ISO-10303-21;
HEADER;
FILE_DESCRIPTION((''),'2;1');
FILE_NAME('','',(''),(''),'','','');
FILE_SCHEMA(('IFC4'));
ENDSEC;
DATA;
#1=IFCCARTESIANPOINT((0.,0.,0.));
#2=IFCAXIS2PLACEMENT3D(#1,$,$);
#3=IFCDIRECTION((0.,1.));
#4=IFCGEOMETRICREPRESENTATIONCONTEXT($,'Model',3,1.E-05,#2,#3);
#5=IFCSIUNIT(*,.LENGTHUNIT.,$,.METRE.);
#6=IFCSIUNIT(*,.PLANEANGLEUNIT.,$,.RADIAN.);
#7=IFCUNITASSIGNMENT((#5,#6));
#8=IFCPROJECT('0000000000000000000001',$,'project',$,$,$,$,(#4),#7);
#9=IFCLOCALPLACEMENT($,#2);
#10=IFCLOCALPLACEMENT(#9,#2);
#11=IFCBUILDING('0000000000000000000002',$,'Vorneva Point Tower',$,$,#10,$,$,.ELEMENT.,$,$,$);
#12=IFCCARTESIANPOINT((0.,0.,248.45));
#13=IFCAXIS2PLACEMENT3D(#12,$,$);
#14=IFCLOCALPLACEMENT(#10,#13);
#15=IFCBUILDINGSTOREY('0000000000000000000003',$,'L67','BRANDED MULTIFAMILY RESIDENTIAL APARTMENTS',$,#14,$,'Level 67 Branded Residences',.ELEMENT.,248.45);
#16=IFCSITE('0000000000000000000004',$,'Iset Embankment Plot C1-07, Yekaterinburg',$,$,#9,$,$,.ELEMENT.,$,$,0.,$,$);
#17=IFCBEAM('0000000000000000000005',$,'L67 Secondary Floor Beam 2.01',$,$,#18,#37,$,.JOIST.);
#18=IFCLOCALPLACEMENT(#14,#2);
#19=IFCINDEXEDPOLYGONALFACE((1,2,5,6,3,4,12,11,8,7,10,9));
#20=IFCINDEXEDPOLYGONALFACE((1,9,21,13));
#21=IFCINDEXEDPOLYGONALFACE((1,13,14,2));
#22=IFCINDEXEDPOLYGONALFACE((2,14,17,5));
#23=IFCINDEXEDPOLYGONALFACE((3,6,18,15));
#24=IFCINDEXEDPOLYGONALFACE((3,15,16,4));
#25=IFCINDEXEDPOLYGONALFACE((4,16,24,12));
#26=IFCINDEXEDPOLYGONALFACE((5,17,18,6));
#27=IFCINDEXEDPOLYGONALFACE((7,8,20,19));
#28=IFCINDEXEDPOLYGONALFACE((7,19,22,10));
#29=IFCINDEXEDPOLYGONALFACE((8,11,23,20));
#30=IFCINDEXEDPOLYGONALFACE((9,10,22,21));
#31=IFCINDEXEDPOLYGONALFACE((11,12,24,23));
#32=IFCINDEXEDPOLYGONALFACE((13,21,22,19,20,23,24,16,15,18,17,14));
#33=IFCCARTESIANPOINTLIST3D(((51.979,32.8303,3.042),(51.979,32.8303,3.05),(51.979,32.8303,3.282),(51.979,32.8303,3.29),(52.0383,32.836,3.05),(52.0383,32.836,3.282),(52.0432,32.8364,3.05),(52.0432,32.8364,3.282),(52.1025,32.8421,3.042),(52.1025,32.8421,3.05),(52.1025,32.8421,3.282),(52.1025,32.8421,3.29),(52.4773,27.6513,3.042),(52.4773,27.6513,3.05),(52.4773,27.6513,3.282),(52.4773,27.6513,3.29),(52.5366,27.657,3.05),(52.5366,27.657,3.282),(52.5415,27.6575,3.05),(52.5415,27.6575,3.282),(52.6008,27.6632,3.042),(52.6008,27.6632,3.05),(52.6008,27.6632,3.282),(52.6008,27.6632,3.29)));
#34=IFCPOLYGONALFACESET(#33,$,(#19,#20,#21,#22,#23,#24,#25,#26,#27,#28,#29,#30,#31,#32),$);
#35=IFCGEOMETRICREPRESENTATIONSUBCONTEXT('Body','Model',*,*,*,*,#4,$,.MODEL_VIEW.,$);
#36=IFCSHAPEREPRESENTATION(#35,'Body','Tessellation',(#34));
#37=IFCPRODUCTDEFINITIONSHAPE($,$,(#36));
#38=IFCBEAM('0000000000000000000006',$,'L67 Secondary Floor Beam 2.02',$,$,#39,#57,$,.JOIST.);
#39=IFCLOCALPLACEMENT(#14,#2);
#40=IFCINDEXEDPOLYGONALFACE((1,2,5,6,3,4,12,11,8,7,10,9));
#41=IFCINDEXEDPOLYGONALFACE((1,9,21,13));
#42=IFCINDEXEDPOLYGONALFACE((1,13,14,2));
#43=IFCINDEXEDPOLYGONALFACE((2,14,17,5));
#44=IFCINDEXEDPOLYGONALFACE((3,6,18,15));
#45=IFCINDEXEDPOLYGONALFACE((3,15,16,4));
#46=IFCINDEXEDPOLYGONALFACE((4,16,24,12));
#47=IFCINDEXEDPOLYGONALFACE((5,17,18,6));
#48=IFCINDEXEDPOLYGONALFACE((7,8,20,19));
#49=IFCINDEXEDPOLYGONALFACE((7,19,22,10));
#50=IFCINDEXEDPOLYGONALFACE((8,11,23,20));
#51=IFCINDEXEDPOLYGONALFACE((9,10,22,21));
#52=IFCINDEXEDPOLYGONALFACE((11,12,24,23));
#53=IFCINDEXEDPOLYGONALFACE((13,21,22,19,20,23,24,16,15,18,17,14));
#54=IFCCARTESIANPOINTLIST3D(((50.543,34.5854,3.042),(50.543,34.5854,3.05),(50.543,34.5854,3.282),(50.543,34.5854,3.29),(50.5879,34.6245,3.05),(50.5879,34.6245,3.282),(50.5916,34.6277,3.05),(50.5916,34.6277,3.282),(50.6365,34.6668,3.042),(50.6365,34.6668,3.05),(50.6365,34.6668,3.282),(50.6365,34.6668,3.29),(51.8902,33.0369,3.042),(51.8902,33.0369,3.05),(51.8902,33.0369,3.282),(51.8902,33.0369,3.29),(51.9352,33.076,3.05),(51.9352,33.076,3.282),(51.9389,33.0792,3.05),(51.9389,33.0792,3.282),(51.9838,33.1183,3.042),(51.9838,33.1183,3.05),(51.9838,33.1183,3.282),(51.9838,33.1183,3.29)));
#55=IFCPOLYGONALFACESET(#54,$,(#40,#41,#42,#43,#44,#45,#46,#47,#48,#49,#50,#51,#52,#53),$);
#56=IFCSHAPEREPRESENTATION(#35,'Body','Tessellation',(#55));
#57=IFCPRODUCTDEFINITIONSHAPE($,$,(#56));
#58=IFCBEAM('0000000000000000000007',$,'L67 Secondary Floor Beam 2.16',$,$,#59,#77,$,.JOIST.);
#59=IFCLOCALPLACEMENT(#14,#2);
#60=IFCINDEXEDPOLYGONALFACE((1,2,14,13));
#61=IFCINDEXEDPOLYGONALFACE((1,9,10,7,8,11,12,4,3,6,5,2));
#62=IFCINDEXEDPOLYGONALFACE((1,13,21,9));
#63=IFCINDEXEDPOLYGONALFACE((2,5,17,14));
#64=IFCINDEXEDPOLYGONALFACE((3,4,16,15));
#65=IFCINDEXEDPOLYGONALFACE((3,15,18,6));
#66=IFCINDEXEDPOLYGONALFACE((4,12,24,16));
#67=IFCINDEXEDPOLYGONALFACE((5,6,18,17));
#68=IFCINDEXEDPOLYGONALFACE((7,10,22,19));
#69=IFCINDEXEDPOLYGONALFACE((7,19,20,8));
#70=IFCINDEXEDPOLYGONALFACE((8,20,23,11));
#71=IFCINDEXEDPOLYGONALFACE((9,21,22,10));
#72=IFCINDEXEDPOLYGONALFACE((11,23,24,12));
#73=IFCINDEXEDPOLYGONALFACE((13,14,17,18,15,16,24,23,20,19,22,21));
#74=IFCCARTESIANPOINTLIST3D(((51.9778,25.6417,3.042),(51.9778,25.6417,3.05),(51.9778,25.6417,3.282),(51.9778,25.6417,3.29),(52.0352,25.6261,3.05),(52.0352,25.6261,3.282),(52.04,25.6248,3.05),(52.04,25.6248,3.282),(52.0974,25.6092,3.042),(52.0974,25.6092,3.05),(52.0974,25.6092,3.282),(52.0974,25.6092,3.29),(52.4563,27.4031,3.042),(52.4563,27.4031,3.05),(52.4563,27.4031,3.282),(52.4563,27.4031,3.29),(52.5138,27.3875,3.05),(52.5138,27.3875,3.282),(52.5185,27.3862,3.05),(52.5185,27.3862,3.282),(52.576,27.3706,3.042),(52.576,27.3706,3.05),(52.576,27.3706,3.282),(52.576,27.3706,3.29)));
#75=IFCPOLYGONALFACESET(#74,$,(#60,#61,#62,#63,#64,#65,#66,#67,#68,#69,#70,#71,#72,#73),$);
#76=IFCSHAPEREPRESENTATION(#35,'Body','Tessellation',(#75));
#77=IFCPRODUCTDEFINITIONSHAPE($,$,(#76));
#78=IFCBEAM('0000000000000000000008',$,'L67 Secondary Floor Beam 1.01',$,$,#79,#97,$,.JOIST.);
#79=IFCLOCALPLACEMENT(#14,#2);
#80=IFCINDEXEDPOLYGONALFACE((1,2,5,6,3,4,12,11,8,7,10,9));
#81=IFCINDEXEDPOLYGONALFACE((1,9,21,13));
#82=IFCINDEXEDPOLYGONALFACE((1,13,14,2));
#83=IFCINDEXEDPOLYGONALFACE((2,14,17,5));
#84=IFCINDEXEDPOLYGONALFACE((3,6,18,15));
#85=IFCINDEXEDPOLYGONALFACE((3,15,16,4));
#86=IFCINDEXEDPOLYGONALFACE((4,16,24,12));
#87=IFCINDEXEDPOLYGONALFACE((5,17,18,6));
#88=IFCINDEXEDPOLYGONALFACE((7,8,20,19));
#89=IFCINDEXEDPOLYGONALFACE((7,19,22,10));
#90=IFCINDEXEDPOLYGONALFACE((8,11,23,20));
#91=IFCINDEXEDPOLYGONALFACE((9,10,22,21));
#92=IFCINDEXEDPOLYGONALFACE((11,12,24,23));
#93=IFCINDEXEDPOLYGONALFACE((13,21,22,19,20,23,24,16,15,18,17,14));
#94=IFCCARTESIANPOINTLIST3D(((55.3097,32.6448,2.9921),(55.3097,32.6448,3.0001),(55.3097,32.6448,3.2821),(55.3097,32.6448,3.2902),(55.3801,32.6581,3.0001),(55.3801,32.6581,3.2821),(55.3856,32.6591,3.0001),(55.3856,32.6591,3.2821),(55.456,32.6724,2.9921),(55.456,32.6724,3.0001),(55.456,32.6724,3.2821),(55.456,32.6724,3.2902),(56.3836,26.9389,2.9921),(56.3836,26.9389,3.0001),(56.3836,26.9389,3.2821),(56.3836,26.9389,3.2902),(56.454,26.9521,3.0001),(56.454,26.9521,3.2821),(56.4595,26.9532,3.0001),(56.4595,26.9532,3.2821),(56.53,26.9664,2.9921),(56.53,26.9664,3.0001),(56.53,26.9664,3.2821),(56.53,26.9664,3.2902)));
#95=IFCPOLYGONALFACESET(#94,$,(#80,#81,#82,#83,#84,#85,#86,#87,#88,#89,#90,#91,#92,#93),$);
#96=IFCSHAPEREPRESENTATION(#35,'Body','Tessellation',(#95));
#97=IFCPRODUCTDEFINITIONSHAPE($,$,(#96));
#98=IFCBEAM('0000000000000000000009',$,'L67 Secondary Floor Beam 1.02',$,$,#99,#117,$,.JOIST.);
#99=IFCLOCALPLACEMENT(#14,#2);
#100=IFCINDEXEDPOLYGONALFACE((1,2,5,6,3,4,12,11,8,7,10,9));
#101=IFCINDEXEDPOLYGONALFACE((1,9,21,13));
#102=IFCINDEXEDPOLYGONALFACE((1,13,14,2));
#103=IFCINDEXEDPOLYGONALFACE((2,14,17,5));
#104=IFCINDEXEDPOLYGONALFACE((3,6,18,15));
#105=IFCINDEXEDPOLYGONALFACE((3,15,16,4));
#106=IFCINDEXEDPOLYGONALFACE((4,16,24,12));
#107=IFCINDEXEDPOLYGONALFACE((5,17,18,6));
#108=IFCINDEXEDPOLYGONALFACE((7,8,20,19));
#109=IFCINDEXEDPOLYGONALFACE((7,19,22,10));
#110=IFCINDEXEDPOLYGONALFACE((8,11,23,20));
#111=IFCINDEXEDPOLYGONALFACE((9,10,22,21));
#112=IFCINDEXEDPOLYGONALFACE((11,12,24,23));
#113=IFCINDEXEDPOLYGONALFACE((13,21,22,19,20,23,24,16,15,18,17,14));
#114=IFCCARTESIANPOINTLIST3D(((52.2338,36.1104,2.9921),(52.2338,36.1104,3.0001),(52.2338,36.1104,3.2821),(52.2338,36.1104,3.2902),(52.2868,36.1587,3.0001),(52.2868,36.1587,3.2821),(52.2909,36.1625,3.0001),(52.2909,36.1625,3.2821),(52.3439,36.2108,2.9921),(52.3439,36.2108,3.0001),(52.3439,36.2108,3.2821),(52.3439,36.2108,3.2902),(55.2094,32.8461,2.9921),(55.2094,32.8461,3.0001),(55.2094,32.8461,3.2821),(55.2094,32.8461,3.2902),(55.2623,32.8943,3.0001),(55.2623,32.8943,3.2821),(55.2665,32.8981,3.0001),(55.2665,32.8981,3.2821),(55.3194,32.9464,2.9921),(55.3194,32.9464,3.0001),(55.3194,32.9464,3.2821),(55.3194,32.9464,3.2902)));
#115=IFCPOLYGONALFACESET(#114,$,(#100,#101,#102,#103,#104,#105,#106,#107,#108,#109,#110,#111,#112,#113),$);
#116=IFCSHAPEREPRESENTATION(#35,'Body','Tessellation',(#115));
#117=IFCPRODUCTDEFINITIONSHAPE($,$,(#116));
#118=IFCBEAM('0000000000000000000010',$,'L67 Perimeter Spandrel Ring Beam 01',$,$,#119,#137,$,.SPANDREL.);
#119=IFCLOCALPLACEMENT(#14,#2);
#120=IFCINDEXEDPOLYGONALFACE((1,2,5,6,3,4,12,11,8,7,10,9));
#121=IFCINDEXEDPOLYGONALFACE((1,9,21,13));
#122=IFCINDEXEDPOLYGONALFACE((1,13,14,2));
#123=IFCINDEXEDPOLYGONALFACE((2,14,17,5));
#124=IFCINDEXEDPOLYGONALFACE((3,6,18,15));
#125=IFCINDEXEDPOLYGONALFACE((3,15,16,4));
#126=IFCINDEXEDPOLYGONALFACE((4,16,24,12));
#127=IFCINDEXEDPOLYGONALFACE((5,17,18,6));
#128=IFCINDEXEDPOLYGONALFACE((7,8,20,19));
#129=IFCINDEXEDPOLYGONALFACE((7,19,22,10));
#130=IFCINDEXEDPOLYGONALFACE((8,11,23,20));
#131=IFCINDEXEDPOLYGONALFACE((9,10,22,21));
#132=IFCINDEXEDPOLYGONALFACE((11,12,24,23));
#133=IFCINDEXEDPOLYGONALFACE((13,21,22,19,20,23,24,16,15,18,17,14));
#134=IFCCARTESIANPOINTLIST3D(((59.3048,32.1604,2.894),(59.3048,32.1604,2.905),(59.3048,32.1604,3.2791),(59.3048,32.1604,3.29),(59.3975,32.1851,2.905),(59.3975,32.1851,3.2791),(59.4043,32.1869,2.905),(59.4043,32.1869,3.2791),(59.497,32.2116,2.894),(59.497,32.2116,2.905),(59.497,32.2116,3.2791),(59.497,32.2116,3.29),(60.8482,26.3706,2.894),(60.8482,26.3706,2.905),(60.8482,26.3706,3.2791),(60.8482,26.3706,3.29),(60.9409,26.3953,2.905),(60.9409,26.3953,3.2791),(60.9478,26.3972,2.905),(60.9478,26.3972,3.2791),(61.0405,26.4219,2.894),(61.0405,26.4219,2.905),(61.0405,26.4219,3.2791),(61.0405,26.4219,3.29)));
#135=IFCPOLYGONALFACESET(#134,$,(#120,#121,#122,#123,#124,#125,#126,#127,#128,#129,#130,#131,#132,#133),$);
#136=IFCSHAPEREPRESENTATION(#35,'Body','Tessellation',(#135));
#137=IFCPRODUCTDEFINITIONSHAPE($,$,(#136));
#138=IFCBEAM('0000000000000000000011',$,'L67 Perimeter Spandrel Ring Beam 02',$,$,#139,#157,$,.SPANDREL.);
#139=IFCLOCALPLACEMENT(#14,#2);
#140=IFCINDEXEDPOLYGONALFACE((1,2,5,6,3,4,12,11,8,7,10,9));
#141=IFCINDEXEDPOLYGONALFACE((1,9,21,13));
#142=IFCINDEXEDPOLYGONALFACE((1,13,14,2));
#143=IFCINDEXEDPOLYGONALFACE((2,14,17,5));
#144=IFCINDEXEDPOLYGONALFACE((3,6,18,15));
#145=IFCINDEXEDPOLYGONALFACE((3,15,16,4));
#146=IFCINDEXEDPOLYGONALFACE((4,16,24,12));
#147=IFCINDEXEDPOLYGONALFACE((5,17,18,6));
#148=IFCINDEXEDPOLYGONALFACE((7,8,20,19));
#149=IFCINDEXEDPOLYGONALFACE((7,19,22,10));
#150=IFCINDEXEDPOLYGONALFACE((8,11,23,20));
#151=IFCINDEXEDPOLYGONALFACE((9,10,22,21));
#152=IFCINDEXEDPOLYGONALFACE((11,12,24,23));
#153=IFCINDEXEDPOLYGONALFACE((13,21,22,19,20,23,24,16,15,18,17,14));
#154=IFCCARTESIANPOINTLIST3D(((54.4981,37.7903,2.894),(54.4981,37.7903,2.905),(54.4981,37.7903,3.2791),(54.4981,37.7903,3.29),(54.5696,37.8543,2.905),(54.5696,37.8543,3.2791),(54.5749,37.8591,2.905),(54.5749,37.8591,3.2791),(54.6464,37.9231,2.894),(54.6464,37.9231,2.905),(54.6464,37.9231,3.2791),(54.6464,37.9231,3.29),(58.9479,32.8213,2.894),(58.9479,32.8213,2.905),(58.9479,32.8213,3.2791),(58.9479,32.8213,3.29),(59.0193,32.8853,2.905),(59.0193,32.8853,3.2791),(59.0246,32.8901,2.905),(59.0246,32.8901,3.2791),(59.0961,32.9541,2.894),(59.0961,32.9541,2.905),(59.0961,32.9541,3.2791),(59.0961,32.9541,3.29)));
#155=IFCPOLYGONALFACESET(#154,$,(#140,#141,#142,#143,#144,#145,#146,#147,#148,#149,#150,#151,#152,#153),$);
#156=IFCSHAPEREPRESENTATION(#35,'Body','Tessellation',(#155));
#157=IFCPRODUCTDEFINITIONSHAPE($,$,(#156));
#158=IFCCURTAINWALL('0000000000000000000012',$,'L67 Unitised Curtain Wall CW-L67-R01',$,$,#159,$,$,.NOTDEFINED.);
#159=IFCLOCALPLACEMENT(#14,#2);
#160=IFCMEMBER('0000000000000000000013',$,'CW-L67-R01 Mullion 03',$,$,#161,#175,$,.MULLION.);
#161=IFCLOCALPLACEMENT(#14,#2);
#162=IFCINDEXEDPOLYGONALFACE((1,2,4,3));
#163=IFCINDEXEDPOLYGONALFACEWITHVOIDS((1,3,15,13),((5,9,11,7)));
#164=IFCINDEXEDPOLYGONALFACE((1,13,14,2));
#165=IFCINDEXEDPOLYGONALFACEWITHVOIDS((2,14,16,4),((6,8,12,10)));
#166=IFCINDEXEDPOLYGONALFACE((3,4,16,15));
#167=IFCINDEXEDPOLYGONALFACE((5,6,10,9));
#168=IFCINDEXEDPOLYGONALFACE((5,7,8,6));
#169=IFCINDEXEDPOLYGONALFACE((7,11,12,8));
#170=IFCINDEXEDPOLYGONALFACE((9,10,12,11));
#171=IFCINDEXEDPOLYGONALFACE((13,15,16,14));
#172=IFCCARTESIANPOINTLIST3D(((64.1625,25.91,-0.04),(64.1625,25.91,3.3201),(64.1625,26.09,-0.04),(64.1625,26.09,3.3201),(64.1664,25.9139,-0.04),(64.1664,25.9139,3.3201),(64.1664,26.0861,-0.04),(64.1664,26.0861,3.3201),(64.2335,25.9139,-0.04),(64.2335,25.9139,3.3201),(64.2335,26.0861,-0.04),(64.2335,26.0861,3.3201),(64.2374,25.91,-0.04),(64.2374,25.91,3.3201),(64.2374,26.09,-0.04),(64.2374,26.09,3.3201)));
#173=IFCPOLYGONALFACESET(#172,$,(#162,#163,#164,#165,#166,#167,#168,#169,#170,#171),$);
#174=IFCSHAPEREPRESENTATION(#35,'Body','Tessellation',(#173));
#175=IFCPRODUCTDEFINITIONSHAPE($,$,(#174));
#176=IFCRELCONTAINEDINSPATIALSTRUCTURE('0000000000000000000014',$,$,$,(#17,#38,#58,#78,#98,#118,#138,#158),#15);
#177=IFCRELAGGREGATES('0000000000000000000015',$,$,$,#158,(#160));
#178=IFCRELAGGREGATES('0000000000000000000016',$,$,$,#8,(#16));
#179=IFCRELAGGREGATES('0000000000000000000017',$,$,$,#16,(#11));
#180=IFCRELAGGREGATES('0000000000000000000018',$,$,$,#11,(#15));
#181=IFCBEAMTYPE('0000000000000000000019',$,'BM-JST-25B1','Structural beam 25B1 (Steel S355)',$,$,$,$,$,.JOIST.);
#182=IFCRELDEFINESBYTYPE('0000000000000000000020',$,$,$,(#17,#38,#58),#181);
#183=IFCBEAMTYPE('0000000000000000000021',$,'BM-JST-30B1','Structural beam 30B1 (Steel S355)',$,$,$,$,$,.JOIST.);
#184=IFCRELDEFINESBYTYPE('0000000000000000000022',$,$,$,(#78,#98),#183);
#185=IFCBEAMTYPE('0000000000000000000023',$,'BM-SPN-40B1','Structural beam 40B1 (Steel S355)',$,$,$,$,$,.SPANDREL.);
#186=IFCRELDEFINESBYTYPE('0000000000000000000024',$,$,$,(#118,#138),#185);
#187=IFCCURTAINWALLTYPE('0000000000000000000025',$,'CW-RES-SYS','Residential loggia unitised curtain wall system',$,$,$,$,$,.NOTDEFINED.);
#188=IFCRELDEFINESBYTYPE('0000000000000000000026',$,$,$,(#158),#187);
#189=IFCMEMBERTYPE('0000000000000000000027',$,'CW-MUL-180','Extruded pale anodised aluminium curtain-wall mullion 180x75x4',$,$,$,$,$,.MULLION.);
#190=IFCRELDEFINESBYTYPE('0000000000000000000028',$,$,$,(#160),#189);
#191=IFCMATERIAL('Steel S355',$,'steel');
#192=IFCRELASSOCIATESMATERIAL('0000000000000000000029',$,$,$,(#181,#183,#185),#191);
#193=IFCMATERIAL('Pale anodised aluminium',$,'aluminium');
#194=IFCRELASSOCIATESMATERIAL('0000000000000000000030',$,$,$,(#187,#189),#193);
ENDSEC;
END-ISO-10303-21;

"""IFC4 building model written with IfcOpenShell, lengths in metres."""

from ifc_helpers import new_model, si_unit, direction, frame, origin, origin_2d, place, context, subcontext, project, spatial, hollow_rectangle, i_section, extrude, material, material_profile, profile_set, type_object, element, aggregate, save


model = new_model("IFC4")

# Units and contexts
model_context = context("Model", 3, precision=1e-05, world=origin(), true_north=direction((0.0, 1.0)))
body_context = subcontext(model_context, "Body", "Model", "MODEL_VIEW")
ifc_project = project(units=[si_unit("LENGTHUNIT", "METRE"), si_unit("PLANEANGLEUNIT", "RADIAN")], contexts=[model_context])

# Site, building, storey
site_placement = place(None, origin())
site = spatial("IfcSite", under=ifc_project, at=site_placement, Name="Iset Embankment Plot C1-07, Yekaterinburg", CompositionType="ELEMENT", RefElevation=0.0)
building_placement = place(site_placement, origin())
building = spatial("IfcBuilding", under=site, at=building_placement, Name="Vorneva Point Tower", CompositionType="ELEMENT")
storey_placement = place(building_placement, frame((0.0, 0.0, 248.45)))
storey = spatial("IfcBuildingStorey", under=building, at=storey_placement, Name="L67", Description="BRANDED MULTIFAMILY RESIDENTIAL APARTMENTS", LongName="Level 67 Branded Residences", CompositionType="ELEMENT", Elevation=248.45)

# Beams
ifc_material_1 = material(Name="Steel S355", Category="steel")
ifc_material_profile_1 = material_profile(ifc_material_1, i_section(OverallWidth=0.124, OverallDepth=0.248, WebThickness=0.0049, FlangeThickness=0.0081, at=origin_2d()), Name="25B1")
ifc_profile_set_1 = profile_set([ifc_material_profile_1], Name="Steel S355")
beam_type_1 = type_object("IfcBeamType", Name="BM-JST-25B1", Description="Structural beam 25B1 (Steel S355)", PredefinedType="JOIST", material=ifc_profile_set_1)
beam_1_placement = place(storey_placement, frame((52.5391, 27.6572, 3.166), z_axis=(-0.095772, 0.995403, 0.0), x_axis=(-0.995403, -0.095772, 0.0)))
element("IfcBeam", 1, at=beam_1_placement, inside=storey, type_object=beam_type_1, Name="L67 Secondary Floor Beam 2.01", PredefinedType="JOIST", context=body_context, shape_type="SweptSolid", body=[
    extrude(i_section(OverallWidth=0.124, OverallDepth=0.248, WebThickness=0.0049, FlangeThickness=0.0081, at=origin_2d()), origin(), (0.0, 0.0, 1.0), 5.2029),
])
beam_2_placement = place(storey_placement, frame((51.937, 33.0776, 3.166), z_axis=(-0.656397, 0.754416, 0.0), x_axis=(-0.754416, -0.656397, 0.0)))
element("IfcBeam", 2, at=beam_2_placement, inside=storey, type_object=beam_type_1, Name="L67 Secondary Floor Beam 2.02", PredefinedType="JOIST", context=body_context, shape_type="SweptSolid", body=[
    extrude(i_section(OverallWidth=0.124, OverallDepth=0.248, WebThickness=0.0049, FlangeThickness=0.0081, at=origin_2d()), origin(), (0.0, 0.0, 1.0), 2.0525),
])
beam_3_placement = place(storey_placement, frame((52.0376, 25.6255, 3.166), z_axis=(0.262189, 0.965017, 0.0), x_axis=(-0.965017, 0.262189, 0.0)))
element("IfcBeam", 3, at=beam_3_placement, inside=storey, type_object=beam_type_1, Name="L67 Secondary Floor Beam 2.16", PredefinedType="JOIST", context=body_context, shape_type="SweptSolid", body=[
    extrude(i_section(OverallWidth=0.124, OverallDepth=0.248, WebThickness=0.0049, FlangeThickness=0.0081, at=origin_2d()), origin(), (0.0, 0.0, 1.0), 1.8252),
])
ifc_material_profile_2 = material_profile(ifc_material_1, i_section(OverallWidth=0.1489, OverallDepth=0.2981, WebThickness=0.0056, FlangeThickness=0.0081, at=origin_2d()), Name="30B1")
ifc_profile_set_2 = profile_set([ifc_material_profile_2], Name="Steel S355")
beam_type_2 = type_object("IfcBeamType", Name="BM-JST-30B1", Description="Structural beam 30B1 (Steel S355)", PredefinedType="JOIST", material=ifc_profile_set_2)
beam_4_placement = place(storey_placement, frame((56.4568, 26.9526, 3.1411), z_axis=(-0.184969, 0.982744, 0.0), x_axis=(-0.982744, -0.184969, 0.0)))
element("IfcBeam", 4, at=beam_4_placement, inside=storey, type_object=beam_type_2, Name="L67 Secondary Floor Beam 1.01", PredefinedType="JOIST", context=body_context, shape_type="SweptSolid", body=[
    extrude(i_section(OverallWidth=0.1489, OverallDepth=0.2981, WebThickness=0.0056, FlangeThickness=0.0081, at=origin_2d()), origin(), (0.0, 0.0, 1.0), 5.8062),
])
beam_5_placement = place(storey_placement, frame((55.2644, 32.8962, 3.1411), z_axis=(-0.673657, 0.739044, 0.0), x_axis=(-0.739044, -0.673657, 0.0)))
element("IfcBeam", 5, at=beam_5_placement, inside=storey, type_object=beam_type_2, Name="L67 Secondary Floor Beam 1.02", PredefinedType="JOIST", context=body_context, shape_type="SweptSolid", body=[
    extrude(i_section(OverallWidth=0.1489, OverallDepth=0.2981, WebThickness=0.0056, FlangeThickness=0.0081, at=origin_2d()), origin(), (0.0, 0.0, 1.0), 4.417),
])
ifc_material_profile_3 = material_profile(ifc_material_1, i_section(OverallWidth=0.199, OverallDepth=0.396, WebThickness=0.0071, FlangeThickness=0.011, at=origin_2d()), Name="40B1")
ifc_profile_set_3 = profile_set([ifc_material_profile_3], Name="Steel S355")
beam_type_3 = type_object("IfcBeamType", Name="BM-SPN-40B1", Description="Structural beam 40B1 (Steel S355)", PredefinedType="SPANDREL", material=ifc_profile_set_3)
beam_6_placement = place(storey_placement, frame((60.9443, 26.3962, 3.092), z_axis=(-0.257587, 0.966255, 0.0), x_axis=(-0.966255, -0.257587, 0.0)))
element("IfcBeam", 6, at=beam_6_placement, inside=storey, type_object=beam_type_3, Name="L67 Perimeter Spandrel Ring Beam 01", PredefinedType="SPANDREL", context=body_context, shape_type="SweptSolid", body=[
    extrude(i_section(OverallWidth=0.199, OverallDepth=0.396, WebThickness=0.0071, FlangeThickness=0.011, at=origin_2d()), origin(), (0.0, 0.0, 1.0), 5.9919),
])
beam_7_placement = place(storey_placement, frame((59.022, 32.8877, 3.092), z_axis=(-0.667108, 0.744961, 0.0), x_axis=(-0.744961, -0.667108, 0.0)))
element("IfcBeam", 7, at=beam_7_placement, inside=storey, type_object=beam_type_3, Name="L67 Perimeter Spandrel Ring Beam 02", PredefinedType="SPANDREL", context=body_context, shape_type="SweptSolid", body=[
    extrude(i_section(OverallWidth=0.199, OverallDepth=0.396, WebThickness=0.0071, FlangeThickness=0.011, at=origin_2d()), origin(), (0.0, 0.0, 1.0), 6.6702),
])

# Curtain wall, member
ifc_material_2 = material(Name="Pale anodised aluminium", Category="aluminium")
curtain_wall_type = type_object("IfcCurtainWallType", Name="CW-RES-SYS", Description="Residential loggia unitised curtain wall system", PredefinedType="NOTDEFINED", material=ifc_material_2)
curtain_wall_placement = place(storey_placement, origin())
curtain_wall = element("IfcCurtainWall", 8, at=curtain_wall_placement, inside=storey, type_object=curtain_wall_type, Name="L67 Unitised Curtain Wall CW-L67-R01", PredefinedType="NOTDEFINED")
ifc_material_profile_4 = material_profile(ifc_material_2, hollow_rectangle(XDim=0.075, YDim=0.1799, WallThickness=0.0039, at=origin_2d()), Name="AL-MUL 180x75x4")
ifc_profile_set_4 = profile_set([ifc_material_profile_4], Name="Pale anodised aluminium")
member_type_1 = type_object("IfcMemberType", Name="CW-MUL-180", Description="Extruded pale anodised aluminium curtain-wall mullion 180x75x4", PredefinedType="MULLION", material=ifc_profile_set_4)
member_1_placement = place(storey_placement, frame((64.2, 26.0, -0.04), z_axis=(0.0, 0.0, 1.0), x_axis=(1.0, 0.0, 0.0)))
member_1 = element("IfcMember", 9, at=member_1_placement, type_object=member_type_1, Name="CW-L67-R01 Mullion 03", PredefinedType="MULLION", context=body_context, shape_type="SweptSolid", body=[
    extrude(hollow_rectangle(XDim=0.075, YDim=0.1799, WallThickness=0.0039, at=origin_2d()), origin(), (0.0, 0.0, 1.0), 3.3601),
])
aggregate(curtain_wall, [member_1])

save(model, "model.ifc")
